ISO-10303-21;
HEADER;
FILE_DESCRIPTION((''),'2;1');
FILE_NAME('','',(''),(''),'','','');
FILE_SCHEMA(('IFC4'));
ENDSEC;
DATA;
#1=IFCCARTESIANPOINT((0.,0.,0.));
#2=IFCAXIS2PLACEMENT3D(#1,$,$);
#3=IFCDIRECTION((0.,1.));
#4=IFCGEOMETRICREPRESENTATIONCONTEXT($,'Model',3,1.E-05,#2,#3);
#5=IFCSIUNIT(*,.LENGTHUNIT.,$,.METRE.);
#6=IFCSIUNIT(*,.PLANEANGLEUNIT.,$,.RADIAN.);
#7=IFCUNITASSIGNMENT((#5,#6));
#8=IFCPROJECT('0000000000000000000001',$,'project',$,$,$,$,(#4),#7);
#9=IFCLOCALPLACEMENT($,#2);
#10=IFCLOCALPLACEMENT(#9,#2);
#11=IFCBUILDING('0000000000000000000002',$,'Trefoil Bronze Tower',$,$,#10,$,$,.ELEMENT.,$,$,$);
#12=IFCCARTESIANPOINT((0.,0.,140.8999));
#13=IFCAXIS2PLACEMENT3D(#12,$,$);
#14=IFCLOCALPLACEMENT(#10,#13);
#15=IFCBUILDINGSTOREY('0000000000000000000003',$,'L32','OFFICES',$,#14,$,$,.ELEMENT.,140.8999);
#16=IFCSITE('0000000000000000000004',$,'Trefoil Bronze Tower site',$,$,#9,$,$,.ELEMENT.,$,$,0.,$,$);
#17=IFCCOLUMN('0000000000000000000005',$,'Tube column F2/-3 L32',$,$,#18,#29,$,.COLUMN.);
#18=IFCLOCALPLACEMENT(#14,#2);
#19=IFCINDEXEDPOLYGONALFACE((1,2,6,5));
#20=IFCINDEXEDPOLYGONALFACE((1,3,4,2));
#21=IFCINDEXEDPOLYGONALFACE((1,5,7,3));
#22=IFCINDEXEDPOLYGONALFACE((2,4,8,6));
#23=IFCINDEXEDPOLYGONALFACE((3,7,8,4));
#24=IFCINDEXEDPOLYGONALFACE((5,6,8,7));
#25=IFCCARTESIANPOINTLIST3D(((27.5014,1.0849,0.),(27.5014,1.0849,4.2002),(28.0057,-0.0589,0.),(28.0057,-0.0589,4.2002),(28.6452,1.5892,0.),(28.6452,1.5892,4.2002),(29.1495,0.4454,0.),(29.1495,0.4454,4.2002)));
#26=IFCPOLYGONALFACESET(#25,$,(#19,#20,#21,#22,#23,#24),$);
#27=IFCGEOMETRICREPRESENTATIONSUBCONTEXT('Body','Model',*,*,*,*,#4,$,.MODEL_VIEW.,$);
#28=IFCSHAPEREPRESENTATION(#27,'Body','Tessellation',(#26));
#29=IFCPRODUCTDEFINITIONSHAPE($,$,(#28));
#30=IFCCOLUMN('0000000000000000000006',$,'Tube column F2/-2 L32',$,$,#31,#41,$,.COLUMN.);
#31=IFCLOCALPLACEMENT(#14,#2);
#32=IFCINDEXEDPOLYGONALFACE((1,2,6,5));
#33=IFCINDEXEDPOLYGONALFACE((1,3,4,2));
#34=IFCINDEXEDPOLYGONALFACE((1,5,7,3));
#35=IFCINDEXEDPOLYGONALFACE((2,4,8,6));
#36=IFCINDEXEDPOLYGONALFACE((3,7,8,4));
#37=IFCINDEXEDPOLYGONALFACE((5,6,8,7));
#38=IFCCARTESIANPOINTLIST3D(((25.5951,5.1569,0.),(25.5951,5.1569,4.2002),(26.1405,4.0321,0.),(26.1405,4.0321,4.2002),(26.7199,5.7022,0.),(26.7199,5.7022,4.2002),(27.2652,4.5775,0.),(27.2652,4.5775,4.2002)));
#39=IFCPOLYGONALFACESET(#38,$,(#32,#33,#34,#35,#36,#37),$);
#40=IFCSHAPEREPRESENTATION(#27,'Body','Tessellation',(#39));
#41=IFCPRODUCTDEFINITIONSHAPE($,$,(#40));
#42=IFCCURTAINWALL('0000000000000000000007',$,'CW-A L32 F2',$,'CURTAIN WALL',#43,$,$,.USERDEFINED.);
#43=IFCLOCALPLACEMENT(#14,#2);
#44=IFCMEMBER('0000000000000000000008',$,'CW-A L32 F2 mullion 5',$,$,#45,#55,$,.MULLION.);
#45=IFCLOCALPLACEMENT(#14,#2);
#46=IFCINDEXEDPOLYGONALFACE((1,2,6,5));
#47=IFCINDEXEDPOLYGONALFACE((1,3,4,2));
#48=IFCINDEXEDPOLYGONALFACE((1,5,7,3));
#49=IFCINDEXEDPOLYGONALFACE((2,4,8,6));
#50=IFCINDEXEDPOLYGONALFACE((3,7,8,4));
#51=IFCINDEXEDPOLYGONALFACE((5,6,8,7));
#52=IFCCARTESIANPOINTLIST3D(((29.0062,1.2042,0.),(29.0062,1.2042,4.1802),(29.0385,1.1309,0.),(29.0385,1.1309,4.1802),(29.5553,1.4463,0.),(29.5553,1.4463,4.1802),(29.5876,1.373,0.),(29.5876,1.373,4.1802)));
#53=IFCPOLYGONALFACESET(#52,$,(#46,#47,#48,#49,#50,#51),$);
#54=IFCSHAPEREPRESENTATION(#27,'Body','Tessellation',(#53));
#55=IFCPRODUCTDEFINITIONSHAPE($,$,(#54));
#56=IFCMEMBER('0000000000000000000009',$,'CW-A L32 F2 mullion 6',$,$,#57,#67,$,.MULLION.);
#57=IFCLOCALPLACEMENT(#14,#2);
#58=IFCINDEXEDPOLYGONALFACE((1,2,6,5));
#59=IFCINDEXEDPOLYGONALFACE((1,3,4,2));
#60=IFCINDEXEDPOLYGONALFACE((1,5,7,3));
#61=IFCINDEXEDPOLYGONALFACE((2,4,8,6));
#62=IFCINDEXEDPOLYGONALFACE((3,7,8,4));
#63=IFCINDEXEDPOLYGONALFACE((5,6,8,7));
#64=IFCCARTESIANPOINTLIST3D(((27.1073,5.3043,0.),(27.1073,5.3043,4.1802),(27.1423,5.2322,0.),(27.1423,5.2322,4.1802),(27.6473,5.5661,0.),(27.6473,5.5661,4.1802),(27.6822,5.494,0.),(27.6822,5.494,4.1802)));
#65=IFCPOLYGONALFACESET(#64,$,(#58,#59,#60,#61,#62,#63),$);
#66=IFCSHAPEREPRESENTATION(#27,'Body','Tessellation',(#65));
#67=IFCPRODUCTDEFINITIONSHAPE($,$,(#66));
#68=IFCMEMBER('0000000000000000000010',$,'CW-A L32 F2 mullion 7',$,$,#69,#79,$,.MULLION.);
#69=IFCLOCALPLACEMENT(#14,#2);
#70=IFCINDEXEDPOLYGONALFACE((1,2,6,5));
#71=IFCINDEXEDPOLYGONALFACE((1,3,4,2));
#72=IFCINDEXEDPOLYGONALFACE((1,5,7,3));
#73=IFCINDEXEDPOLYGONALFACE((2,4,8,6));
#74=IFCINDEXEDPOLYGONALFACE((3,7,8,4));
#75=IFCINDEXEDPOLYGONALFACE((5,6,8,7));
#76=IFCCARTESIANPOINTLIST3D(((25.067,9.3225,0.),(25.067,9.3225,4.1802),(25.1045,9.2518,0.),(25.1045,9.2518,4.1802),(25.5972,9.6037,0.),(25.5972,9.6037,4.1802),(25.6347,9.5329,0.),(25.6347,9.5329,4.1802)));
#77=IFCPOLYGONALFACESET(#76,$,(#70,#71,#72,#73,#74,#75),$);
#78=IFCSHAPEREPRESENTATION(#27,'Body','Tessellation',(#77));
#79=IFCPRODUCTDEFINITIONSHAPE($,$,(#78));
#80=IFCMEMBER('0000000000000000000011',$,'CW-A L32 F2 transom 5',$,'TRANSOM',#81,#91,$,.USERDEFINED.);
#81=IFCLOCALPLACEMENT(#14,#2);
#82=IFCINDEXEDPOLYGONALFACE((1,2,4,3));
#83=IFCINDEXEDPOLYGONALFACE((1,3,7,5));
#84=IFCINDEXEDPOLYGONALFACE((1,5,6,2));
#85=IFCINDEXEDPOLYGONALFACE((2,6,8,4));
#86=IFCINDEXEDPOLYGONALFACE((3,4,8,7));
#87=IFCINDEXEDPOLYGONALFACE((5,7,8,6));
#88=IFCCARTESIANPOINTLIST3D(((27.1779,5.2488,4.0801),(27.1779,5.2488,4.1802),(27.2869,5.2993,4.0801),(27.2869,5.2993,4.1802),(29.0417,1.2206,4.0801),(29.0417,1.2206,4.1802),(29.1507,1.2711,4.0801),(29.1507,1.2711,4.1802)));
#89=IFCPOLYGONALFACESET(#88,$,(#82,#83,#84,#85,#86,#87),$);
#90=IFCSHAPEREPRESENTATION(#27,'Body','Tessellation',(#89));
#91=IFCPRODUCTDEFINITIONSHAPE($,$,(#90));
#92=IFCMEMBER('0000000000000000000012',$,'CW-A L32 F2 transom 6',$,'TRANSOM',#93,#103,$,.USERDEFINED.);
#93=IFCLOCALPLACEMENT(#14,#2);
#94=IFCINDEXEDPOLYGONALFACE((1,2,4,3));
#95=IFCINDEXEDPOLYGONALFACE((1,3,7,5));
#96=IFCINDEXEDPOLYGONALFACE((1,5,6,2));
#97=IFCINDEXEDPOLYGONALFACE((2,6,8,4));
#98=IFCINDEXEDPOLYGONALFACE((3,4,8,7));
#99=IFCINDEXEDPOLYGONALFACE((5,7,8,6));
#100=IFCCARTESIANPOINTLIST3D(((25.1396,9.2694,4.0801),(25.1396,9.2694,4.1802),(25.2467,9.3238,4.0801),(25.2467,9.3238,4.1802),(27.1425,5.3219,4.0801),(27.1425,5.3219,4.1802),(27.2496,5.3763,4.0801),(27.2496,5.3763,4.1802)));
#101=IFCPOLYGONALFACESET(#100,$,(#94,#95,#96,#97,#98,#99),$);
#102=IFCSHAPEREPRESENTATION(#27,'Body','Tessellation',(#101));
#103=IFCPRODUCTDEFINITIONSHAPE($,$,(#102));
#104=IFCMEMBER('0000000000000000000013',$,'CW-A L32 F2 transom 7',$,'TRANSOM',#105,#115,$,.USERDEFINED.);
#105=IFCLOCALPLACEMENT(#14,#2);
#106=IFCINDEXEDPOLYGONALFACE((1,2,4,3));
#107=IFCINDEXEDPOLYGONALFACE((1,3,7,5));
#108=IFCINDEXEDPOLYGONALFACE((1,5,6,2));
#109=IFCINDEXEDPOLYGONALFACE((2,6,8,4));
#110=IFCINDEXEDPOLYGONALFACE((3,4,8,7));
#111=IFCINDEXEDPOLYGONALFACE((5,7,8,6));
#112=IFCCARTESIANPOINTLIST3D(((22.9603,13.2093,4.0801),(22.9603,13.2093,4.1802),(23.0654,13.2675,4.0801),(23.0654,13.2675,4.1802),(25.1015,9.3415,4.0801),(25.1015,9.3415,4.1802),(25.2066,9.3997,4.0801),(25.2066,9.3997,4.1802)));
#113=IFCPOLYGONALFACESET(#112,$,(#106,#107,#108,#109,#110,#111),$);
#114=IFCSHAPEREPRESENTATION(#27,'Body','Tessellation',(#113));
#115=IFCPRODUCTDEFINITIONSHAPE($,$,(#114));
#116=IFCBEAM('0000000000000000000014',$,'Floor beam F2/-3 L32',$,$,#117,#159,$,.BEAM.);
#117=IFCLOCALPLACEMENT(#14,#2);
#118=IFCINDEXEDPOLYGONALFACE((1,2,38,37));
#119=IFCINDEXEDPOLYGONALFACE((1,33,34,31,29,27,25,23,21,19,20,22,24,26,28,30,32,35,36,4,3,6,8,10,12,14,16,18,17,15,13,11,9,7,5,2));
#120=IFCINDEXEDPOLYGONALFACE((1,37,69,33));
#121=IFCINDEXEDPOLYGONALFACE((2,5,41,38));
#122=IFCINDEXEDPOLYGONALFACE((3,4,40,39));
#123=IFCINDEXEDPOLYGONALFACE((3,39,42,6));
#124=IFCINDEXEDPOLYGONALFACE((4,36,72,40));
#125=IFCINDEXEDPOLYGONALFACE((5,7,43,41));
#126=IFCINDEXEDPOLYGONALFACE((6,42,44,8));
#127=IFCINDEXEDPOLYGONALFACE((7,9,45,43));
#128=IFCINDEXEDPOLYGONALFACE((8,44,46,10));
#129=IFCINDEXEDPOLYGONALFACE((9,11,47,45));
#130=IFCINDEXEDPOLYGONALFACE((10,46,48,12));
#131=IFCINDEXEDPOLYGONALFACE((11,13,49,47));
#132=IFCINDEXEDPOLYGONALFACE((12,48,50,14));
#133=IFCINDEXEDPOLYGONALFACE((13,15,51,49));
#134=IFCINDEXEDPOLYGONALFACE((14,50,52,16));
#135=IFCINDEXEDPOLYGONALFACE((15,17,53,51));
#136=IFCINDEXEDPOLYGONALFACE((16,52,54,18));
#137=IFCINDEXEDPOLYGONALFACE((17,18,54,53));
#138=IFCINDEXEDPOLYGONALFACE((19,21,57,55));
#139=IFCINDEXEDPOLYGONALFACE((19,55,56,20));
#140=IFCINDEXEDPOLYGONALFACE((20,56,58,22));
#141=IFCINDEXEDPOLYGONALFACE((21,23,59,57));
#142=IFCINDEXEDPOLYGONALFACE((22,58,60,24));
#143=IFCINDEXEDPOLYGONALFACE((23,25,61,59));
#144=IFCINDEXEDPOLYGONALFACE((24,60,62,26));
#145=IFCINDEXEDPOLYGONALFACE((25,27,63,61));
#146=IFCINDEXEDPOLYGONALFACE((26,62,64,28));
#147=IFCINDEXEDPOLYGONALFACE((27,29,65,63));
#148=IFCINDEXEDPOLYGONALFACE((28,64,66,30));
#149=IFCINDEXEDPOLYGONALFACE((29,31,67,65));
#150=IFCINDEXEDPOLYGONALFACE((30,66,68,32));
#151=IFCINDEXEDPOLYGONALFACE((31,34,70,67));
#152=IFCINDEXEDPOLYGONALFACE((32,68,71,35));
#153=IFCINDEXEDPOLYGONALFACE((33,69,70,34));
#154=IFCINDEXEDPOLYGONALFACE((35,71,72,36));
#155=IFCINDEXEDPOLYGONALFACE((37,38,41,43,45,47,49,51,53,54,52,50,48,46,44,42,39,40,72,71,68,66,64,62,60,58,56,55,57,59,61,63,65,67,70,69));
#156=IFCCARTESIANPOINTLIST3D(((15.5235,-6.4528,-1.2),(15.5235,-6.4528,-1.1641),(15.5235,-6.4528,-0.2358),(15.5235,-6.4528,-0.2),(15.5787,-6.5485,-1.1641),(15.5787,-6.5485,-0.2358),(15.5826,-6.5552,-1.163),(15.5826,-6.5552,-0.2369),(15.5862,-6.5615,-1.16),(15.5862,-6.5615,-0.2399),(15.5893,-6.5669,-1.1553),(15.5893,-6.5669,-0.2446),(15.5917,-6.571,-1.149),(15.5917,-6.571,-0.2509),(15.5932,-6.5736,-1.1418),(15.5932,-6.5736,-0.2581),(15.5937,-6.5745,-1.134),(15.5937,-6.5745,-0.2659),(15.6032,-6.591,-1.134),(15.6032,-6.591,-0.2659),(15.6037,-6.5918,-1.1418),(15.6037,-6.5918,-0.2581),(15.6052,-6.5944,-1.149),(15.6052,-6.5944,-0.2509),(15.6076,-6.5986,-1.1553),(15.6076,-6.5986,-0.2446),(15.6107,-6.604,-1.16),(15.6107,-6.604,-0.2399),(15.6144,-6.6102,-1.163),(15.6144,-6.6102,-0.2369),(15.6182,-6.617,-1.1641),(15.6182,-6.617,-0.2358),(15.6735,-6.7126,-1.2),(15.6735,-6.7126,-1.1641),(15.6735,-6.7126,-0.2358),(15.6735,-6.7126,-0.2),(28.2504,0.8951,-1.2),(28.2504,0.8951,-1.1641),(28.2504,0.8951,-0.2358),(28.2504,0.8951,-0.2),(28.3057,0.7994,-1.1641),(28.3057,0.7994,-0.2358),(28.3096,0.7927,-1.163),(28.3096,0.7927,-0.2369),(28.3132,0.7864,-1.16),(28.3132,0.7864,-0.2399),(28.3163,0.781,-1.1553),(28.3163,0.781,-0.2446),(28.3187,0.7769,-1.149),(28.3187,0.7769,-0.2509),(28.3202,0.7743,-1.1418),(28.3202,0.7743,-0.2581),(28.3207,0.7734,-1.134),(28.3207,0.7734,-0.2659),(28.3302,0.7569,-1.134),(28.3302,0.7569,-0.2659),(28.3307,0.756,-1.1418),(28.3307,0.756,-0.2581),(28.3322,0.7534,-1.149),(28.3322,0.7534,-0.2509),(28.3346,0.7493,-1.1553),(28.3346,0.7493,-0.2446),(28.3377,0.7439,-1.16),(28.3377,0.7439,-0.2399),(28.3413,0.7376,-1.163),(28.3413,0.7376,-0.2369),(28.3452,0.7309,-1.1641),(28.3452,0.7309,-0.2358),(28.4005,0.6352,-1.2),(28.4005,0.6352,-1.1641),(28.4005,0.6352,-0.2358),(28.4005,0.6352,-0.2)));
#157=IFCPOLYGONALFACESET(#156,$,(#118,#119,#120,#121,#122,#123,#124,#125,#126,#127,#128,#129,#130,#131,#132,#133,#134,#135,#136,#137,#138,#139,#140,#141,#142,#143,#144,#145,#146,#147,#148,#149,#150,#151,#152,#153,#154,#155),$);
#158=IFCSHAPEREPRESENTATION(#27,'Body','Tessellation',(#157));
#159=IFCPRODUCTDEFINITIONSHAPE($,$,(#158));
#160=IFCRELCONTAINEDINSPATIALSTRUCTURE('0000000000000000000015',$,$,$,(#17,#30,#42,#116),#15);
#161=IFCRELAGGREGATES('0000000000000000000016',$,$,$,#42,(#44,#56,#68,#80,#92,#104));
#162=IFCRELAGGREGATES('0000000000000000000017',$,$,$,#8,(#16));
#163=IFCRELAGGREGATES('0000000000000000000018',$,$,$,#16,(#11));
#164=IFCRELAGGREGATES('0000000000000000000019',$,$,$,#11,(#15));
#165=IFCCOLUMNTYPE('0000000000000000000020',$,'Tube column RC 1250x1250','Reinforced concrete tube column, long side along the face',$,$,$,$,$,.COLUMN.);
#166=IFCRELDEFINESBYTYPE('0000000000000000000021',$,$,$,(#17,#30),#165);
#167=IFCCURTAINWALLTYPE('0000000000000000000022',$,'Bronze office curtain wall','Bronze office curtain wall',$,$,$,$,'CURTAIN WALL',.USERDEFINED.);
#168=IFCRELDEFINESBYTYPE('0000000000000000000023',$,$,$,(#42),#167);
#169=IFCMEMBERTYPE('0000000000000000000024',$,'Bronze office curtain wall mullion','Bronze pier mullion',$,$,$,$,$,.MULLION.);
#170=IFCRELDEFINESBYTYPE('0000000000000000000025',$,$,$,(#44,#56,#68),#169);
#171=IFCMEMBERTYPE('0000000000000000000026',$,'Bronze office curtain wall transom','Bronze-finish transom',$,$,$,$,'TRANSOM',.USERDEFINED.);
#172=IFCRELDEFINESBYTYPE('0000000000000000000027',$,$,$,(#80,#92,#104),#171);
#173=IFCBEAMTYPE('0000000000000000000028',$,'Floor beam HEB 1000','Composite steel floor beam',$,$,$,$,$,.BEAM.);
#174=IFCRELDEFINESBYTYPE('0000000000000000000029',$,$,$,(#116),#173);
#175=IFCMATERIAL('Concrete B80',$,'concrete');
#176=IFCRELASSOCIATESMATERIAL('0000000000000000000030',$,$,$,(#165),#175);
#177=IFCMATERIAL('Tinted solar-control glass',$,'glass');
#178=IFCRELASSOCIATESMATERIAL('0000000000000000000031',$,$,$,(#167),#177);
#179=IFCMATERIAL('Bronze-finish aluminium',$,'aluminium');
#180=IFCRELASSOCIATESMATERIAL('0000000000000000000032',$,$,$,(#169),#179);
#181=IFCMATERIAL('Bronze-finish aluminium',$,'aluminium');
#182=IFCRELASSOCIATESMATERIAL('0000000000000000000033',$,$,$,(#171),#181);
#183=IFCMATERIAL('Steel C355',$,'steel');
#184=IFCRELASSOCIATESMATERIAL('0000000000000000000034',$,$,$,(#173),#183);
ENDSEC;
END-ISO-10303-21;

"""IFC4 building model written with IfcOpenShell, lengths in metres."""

from ifc_helpers import new_model, si_unit, direction, frame, origin, origin_2d, place, context, subcontext, project, spatial, rectangle, i_section, extrude, material, material_profile, profile_set, type_object, element, aggregate, save


model = new_model("IFC4")

# Units and contexts
model_context = context("Model", 3, precision=1e-05, world=origin(), true_north=direction((0.0, 1.0)))
body_context = subcontext(model_context, "Body", "Model", "MODEL_VIEW")
ifc_project = project(units=[si_unit("LENGTHUNIT", "METRE"), si_unit("PLANEANGLEUNIT", "RADIAN")], contexts=[model_context])

# Site, building, storey
site_placement = place(None, origin())
site = spatial("IfcSite", under=ifc_project, at=site_placement, Name="Trefoil Bronze Tower site", CompositionType="ELEMENT", RefElevation=0.0)
building_placement = place(site_placement, origin())
building = spatial("IfcBuilding", under=site, at=building_placement, Name="Trefoil Bronze Tower", CompositionType="ELEMENT")
storey_placement = place(building_placement, frame((0.0, 0.0, 140.8999)))
storey = spatial("IfcBuildingStorey", under=building, at=storey_placement, Name="L32", Description="OFFICES", CompositionType="ELEMENT", Elevation=140.8999)

# Columns
ifc_material_1 = material(Name="Concrete B80", Category="concrete")
ifc_material_profile_1 = material_profile(ifc_material_1, rectangle(XDim=1.25, YDim=1.25, at=origin_2d()), Name="RC 1250x1250")
ifc_profile_set_1 = profile_set([ifc_material_profile_1], Name="Concrete B80")
column_type = type_object("IfcColumnType", Name="Tube column RC 1250x1250", Description="Reinforced concrete tube column, long side along the face", PredefinedType="COLUMN", material=ifc_profile_set_1)
for number, where, z_axis, x_axis, name in (
    (1, (28.3254, 0.7651, 0.0), (0.0, 0.0, 1.0), (-0.403412, 0.915018, 0.0), "Tube column F2/-3 L32"),
    (2, (26.4302, 4.8672, 0.0), (0.0, 0.0, 1.0), (-0.436262, 0.89982, 0.0), "Tube column F2/-2 L32"),
):
    element("IfcColumn", number, at=place(storey_placement, frame(where, z_axis=z_axis, x_axis=x_axis)), inside=storey, type_object=column_type, Name=name, PredefinedType="COLUMN", context=body_context, shape_type="SweptSolid", body=[
        extrude(rectangle(XDim=1.25, YDim=1.25, at=origin_2d()), origin(), (0.0, 0.0, 1.0), 4.2002),
    ])

# Curtain wall, members
ifc_material_2 = material(Name="Tinted solar-control glass", Category="glass")
curtain_wall_type = type_object("IfcCurtainWallType", Name="Bronze office curtain wall", Description="Bronze office curtain wall", ElementType="CURTAIN WALL", PredefinedType="USERDEFINED", material=ifc_material_2)
curtain_wall_placement = place(storey_placement, origin())
curtain_wall = element("IfcCurtainWall", 3, at=curtain_wall_placement, inside=storey, type_object=curtain_wall_type, Name="CW-A L32 F2", ObjectType="CURTAIN WALL", PredefinedType="USERDEFINED")
ifc_material_3 = material(Name="Bronze-finish aluminium", Category="aluminium")
ifc_material_profile_2 = material_profile(ifc_material_3, rectangle(XDim=0.6001, YDim=0.0801, at=origin_2d()), Name="CW-A mullion")
ifc_profile_set_2 = profile_set([ifc_material_profile_2], Name="Bronze-finish aluminium")
member_type_1 = type_object("IfcMemberType", Name="Bronze office curtain wall mullion", Description="Bronze pier mullion", PredefinedType="MULLION", material=ifc_profile_set_2)
member_1_placement = place(storey_placement, frame((29.2969, 1.2886, 0.0), z_axis=(0.0, 0.0, 1.0), x_axis=(-0.915018, -0.403412, 0.0)))
member_1 = element("IfcMember", 4, at=member_1_placement, type_object=member_type_1, Name="CW-A L32 F2 mullion 5", PredefinedType="MULLION", context=body_context, shape_type="SweptSolid", body=[
    extrude(rectangle(XDim=0.6001, YDim=0.0801, at=origin_2d()), origin(), (0.0, 0.0, 1.0), 4.1802),
])
member_2_placement = place(storey_placement, frame((27.3948, 5.3992, 0.0), z_axis=(0.0, 0.0, 1.0), x_axis=(-0.89982, -0.436262, 0.0)))
member_2 = element("IfcMember", 5, at=member_2_placement, type_object=member_type_1, Name="CW-A L32 F2 mullion 6", PredefinedType="MULLION", context=body_context, shape_type="SweptSolid", body=[
    extrude(rectangle(XDim=0.6001, YDim=0.0801, at=origin_2d()), origin(), (0.0, 0.0, 1.0), 4.1802),
])
member_3_placement = place(storey_placement, frame((25.3508, 9.4277, 0.0), z_axis=(0.0, 0.0, 1.0), x_axis=(-0.883486, -0.468457, 0.0)))
member_3 = element("IfcMember", 6, at=member_3_placement, type_object=member_type_1, Name="CW-A L32 F2 mullion 7", PredefinedType="MULLION", context=body_context, shape_type="SweptSolid", body=[
    extrude(rectangle(XDim=0.6001, YDim=0.0801, at=origin_2d()), origin(), (0.0, 0.0, 1.0), 4.1802),
])
ifc_material_4 = material(Name="Bronze-finish aluminium", Category="aluminium")
ifc_material_profile_3 = material_profile(ifc_material_4, rectangle(XDim=0.1201, YDim=0.1001, at=origin_2d()), Name="CW-A transom")
ifc_profile_set_3 = profile_set([ifc_material_profile_3], Name="Bronze-finish aluminium")
member_type_2 = type_object("IfcMemberType", Name="Bronze office curtain wall transom", Description="Bronze-finish transom", ElementType="TRANSOM", PredefinedType="USERDEFINED", material=ifc_profile_set_3)
member_4_placement = place(storey_placement, frame((29.0962, 1.2458, 4.1301), z_axis=(-0.419923, 0.90756, 0.0), x_axis=(-0.90756, -0.419923, 0.0)))
member_4 = element("IfcMember", 7, at=member_4_placement, type_object=member_type_2, Name="CW-A L32 F2 transom 5", ObjectType="TRANSOM", PredefinedType="USERDEFINED", context=body_context, shape_type="SweptSolid", body=[
    extrude(rectangle(XDim=0.1201, YDim=0.1001, at=origin_2d()), origin(), (0.0, 0.0, 1.0), 4.4385),
])
member_5_placement = place(storey_placement, frame((27.196, 5.3491, 4.1301), z_axis=(-0.452478, 0.891775, 0.0), x_axis=(-0.891775, -0.452478, 0.0)))
member_5 = element("IfcMember", 8, at=member_5_placement, type_object=member_type_2, Name="CW-A L32 F2 transom 6", ObjectType="TRANSOM", PredefinedType="USERDEFINED", context=body_context, shape_type="SweptSolid", body=[
    extrude(rectangle(XDim=0.1201, YDim=0.1001, at=origin_2d()), origin(), (0.0, 0.0, 1.0), 4.4265),
])
member_6_placement = place(storey_placement, frame((25.1541, 9.3706, 4.1301), z_axis=(-0.484329, 0.874886, 0.0), x_axis=(-0.874886, -0.484329, 0.0)))
member_6 = element("IfcMember", 9, at=member_6_placement, type_object=member_type_2, Name="CW-A L32 F2 transom 7", ObjectType="TRANSOM", PredefinedType="USERDEFINED", context=body_context, shape_type="SweptSolid", body=[
    extrude(rectangle(XDim=0.1201, YDim=0.1001, at=origin_2d()), origin(), (0.0, 0.0, 1.0), 4.4209),
])

# Beam
ifc_material_5 = material(Name="Steel C355", Category="steel")
ifc_material_profile_4 = material_profile(ifc_material_5, i_section(OverallWidth=0.3, OverallDepth=1.0, WebThickness=0.019, FlangeThickness=0.0359, FilletRadius=0.03, at=origin_2d()), Name="HEB 1000")
ifc_profile_set_4 = profile_set([ifc_material_profile_4], Name="Steel C355")
beam_type_1 = type_object("IfcBeamType", Name="Floor beam HEB 1000", Description="Composite steel floor beam", PredefinedType="BEAM", material=ifc_profile_set_4)
beam_1_placement = place(storey_placement, frame((28.3254, 0.7651, -0.7), z_axis=(-0.866027, -0.499997, 0.0), x_axis=(0.499997, -0.866027, 0.0)))
element("IfcBeam", 10, at=beam_1_placement, inside=storey, type_object=beam_type_1, Name="Floor beam F2/-3 L32", PredefinedType="BEAM", context=body_context, shape_type="SweptSolid", body=[
    extrude(i_section(OverallWidth=0.3, OverallDepth=1.0, WebThickness=0.019, FlangeThickness=0.0359, FilletRadius=0.03, at=origin_2d()), origin(), (0.0, 0.0, 1.0), 14.6958),
])

aggregate(curtain_wall, [member_1, member_2, member_3, member_4, member_5, member_6])

save(model, "model.ifc")
